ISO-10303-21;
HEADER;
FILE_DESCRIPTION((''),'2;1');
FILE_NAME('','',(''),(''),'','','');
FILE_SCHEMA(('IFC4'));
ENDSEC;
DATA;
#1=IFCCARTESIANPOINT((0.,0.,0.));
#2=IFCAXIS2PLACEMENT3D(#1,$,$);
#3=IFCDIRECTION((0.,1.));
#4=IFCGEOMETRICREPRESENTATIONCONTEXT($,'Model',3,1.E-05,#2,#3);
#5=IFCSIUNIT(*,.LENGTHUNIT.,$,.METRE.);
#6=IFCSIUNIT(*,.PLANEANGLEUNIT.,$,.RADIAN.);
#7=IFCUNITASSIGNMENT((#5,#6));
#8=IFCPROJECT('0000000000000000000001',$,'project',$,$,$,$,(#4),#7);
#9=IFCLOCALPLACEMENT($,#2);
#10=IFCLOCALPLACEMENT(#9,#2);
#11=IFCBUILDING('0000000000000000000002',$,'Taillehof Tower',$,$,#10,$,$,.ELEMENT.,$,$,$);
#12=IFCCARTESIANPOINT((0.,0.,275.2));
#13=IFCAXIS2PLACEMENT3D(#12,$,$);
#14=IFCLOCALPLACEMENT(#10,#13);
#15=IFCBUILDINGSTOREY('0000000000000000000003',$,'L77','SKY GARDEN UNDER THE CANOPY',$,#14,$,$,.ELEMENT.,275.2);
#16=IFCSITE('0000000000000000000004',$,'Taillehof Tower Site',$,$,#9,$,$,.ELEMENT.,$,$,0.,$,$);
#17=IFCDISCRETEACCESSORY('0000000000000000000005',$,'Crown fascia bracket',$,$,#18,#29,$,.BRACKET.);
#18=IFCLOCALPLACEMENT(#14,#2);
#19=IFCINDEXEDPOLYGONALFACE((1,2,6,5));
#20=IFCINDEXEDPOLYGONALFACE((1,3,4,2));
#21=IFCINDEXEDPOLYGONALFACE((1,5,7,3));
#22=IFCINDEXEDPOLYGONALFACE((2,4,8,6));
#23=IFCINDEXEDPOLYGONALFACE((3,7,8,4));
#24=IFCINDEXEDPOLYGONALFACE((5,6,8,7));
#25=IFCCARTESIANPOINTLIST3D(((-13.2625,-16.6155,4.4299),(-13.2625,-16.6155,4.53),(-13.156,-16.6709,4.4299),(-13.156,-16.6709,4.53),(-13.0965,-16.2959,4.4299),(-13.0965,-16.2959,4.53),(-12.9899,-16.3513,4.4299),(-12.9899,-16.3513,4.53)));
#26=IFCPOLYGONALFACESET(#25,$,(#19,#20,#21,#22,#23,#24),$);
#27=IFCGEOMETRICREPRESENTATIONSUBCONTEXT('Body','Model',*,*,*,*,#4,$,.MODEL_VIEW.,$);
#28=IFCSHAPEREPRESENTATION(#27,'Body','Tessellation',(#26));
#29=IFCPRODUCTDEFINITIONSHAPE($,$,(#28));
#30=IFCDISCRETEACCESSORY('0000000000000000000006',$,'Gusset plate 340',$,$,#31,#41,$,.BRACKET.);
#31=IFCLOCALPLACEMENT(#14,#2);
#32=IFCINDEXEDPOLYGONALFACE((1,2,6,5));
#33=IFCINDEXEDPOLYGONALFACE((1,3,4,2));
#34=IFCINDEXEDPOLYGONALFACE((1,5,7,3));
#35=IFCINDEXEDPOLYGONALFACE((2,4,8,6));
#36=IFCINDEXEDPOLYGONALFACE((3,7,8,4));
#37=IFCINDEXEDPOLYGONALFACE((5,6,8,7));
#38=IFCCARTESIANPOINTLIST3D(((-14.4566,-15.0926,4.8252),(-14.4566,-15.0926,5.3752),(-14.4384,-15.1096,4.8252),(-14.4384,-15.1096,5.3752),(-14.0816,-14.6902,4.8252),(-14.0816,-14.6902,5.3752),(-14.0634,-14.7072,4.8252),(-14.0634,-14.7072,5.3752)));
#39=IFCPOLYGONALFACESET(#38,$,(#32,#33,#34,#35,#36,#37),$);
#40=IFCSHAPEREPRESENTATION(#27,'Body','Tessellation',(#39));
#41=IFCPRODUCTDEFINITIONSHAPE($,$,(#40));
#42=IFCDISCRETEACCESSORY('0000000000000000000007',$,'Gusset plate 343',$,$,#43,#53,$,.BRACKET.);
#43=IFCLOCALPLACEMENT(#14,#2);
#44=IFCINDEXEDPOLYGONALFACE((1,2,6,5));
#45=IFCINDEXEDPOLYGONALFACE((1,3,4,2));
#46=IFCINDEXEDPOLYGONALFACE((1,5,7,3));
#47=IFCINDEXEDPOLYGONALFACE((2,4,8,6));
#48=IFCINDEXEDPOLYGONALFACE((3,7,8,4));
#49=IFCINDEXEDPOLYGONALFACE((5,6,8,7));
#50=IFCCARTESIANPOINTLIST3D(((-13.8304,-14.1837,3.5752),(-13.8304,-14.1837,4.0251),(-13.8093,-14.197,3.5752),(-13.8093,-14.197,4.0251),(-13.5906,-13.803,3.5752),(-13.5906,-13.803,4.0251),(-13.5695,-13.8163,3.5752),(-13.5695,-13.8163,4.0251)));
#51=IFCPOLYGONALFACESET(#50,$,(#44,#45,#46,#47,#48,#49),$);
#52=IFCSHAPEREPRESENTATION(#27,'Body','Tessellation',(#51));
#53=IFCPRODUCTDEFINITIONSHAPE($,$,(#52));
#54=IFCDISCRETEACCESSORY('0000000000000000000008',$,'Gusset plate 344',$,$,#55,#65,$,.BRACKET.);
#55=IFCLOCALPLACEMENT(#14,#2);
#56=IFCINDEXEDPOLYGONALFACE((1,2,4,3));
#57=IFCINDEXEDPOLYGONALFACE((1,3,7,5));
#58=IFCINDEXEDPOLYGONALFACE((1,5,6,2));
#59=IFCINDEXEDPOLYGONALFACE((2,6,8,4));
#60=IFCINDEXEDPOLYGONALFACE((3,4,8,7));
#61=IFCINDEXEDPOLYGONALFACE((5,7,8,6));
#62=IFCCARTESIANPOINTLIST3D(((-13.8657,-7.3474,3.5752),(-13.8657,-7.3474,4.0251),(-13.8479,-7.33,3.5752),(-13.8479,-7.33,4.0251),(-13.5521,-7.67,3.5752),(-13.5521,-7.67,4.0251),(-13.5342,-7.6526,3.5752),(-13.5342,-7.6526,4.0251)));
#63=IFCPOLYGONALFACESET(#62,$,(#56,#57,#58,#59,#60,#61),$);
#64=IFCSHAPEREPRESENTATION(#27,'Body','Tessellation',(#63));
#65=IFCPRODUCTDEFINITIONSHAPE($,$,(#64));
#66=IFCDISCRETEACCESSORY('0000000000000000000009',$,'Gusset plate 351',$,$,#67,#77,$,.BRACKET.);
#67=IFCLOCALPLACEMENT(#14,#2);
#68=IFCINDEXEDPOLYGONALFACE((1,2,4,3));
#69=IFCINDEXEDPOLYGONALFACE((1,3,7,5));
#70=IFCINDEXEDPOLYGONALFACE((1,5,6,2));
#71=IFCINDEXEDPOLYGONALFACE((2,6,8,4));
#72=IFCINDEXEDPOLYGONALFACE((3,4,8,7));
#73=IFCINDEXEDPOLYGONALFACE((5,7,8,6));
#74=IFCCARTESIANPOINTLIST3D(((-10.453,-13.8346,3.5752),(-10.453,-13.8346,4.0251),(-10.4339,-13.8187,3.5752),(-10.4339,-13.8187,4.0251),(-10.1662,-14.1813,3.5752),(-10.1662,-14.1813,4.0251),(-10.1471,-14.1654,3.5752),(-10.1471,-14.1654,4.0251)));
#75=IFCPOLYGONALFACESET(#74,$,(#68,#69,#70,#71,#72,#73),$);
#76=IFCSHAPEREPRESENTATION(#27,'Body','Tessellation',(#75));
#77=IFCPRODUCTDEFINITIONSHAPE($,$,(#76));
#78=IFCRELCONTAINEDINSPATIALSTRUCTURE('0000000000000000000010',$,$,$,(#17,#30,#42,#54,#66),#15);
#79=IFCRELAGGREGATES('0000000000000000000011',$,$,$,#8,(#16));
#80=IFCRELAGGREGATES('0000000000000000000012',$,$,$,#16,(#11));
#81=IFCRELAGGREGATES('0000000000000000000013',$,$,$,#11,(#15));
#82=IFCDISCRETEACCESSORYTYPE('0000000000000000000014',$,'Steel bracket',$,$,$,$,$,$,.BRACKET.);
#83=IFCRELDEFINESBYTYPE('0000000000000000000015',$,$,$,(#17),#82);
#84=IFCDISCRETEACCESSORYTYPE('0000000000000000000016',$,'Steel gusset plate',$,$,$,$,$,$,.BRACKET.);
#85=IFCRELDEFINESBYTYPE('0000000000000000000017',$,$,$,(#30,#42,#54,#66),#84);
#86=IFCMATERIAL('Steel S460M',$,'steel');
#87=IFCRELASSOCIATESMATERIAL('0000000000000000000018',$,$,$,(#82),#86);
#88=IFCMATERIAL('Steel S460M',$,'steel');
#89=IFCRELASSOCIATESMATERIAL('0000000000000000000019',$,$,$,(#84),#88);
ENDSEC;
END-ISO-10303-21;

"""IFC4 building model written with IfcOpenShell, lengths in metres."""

from ifc_helpers import new_model, si_unit, direction, frame, origin, origin_2d, place, context, subcontext, project, spatial, rectangle, extrude, material, type_object, element, save


model = new_model("IFC4")

# Units and contexts
model_context = context("Model", 3, precision=1e-05, world=origin(), true_north=direction((0.0, 1.0)))
body_context = subcontext(model_context, "Body", "Model", "MODEL_VIEW")
ifc_project = project(units=[si_unit("LENGTHUNIT", "METRE"), si_unit("PLANEANGLEUNIT", "RADIAN")], contexts=[model_context])

# Site, building, storey
site_placement = place(None, origin())
site = spatial("IfcSite", under=ifc_project, at=site_placement, Name="Taillehof Tower Site", CompositionType="ELEMENT", RefElevation=0.0)
building_placement = place(site_placement, origin())
building = spatial("IfcBuilding", under=site, at=building_placement, Name="Taillehof Tower", CompositionType="ELEMENT")
storey_placement = place(building_placement, frame((0.0, 0.0, 275.2)))
storey = spatial("IfcBuildingStorey", under=building, at=storey_placement, Name="L77", Description="SKY GARDEN UNDER THE CANOPY", CompositionType="ELEMENT", Elevation=275.2)

# Discrete accessories
ifc_material_1 = material(Name="Steel S460M", Category="steel")
discrete_accessory_type_1 = type_object("IfcDiscreteAccessoryType", Name="Steel bracket", PredefinedType="BRACKET", material=ifc_material_1)
discrete_accessory_1_placement = place(storey_placement, frame((-13.1262, -16.4834, 4.4299), z_axis=(0.0, 0.0, 1.0), x_axis=(-0.461145, -0.887325, 0.0)))
element("IfcDiscreteAccessory", 1, at=discrete_accessory_1_placement, inside=storey, type_object=discrete_accessory_type_1, Name="Crown fascia bracket", PredefinedType="BRACKET", context=body_context, shape_type="SweptSolid", body=[
    extrude(rectangle(XDim=0.3601, YDim=0.1201, at=origin_2d()), origin(), (0.0, 0.0, 1.0), 0.1001),
])
ifc_material_2 = material(Name="Steel S460M", Category="steel")
discrete_accessory_type_2 = type_object("IfcDiscreteAccessoryType", Name="Steel gusset plate", PredefinedType="BRACKET", material=ifc_material_2)
discrete_accessory_2_placement = place(storey_placement, frame((-14.26, -14.8999, 4.8252), z_axis=(0.0, 0.0, 1.0), x_axis=(0.681844, 0.731498, 0.0)))
element("IfcDiscreteAccessory", 2, at=discrete_accessory_2_placement, inside=storey, type_object=discrete_accessory_type_2, Name="Gusset plate 340", PredefinedType="BRACKET", context=body_context, shape_type="SweptSolid", body=[
    extrude(rectangle(XDim=0.55, YDim=0.0249, at=origin_2d()), origin(), (0.0, 0.0, 1.0), 0.55),
])
for number, where, z_axis, x_axis, name in (
    (3, (-13.7, -14.0, 3.5752), (0.0, 0.0, 1.0), (0.532823, 0.846227, 0.0), "Gusset plate 343"),
    (4, (-13.7, -7.5, 3.5752), (0.0, 0.0, 1.0), (0.697084, -0.71699, 0.0), "Gusset plate 344"),
    (5, (-10.3, -14.0, 3.5752), (0.0, 0.0, 1.0), (-0.637408, 0.770527, 0.0), "Gusset plate 351"),
):
    element("IfcDiscreteAccessory", number, at=place(storey_placement, frame(where, z_axis=z_axis, x_axis=x_axis)), inside=storey, type_object=discrete_accessory_type_2, Name=name, PredefinedType="BRACKET", context=body_context, shape_type="SweptSolid", body=[
        extrude(rectangle(XDim=0.45, YDim=0.0249, at=origin_2d()), origin(), (0.0, 0.0, 1.0), 0.45),
    ])

save(model, "model.ifc")
